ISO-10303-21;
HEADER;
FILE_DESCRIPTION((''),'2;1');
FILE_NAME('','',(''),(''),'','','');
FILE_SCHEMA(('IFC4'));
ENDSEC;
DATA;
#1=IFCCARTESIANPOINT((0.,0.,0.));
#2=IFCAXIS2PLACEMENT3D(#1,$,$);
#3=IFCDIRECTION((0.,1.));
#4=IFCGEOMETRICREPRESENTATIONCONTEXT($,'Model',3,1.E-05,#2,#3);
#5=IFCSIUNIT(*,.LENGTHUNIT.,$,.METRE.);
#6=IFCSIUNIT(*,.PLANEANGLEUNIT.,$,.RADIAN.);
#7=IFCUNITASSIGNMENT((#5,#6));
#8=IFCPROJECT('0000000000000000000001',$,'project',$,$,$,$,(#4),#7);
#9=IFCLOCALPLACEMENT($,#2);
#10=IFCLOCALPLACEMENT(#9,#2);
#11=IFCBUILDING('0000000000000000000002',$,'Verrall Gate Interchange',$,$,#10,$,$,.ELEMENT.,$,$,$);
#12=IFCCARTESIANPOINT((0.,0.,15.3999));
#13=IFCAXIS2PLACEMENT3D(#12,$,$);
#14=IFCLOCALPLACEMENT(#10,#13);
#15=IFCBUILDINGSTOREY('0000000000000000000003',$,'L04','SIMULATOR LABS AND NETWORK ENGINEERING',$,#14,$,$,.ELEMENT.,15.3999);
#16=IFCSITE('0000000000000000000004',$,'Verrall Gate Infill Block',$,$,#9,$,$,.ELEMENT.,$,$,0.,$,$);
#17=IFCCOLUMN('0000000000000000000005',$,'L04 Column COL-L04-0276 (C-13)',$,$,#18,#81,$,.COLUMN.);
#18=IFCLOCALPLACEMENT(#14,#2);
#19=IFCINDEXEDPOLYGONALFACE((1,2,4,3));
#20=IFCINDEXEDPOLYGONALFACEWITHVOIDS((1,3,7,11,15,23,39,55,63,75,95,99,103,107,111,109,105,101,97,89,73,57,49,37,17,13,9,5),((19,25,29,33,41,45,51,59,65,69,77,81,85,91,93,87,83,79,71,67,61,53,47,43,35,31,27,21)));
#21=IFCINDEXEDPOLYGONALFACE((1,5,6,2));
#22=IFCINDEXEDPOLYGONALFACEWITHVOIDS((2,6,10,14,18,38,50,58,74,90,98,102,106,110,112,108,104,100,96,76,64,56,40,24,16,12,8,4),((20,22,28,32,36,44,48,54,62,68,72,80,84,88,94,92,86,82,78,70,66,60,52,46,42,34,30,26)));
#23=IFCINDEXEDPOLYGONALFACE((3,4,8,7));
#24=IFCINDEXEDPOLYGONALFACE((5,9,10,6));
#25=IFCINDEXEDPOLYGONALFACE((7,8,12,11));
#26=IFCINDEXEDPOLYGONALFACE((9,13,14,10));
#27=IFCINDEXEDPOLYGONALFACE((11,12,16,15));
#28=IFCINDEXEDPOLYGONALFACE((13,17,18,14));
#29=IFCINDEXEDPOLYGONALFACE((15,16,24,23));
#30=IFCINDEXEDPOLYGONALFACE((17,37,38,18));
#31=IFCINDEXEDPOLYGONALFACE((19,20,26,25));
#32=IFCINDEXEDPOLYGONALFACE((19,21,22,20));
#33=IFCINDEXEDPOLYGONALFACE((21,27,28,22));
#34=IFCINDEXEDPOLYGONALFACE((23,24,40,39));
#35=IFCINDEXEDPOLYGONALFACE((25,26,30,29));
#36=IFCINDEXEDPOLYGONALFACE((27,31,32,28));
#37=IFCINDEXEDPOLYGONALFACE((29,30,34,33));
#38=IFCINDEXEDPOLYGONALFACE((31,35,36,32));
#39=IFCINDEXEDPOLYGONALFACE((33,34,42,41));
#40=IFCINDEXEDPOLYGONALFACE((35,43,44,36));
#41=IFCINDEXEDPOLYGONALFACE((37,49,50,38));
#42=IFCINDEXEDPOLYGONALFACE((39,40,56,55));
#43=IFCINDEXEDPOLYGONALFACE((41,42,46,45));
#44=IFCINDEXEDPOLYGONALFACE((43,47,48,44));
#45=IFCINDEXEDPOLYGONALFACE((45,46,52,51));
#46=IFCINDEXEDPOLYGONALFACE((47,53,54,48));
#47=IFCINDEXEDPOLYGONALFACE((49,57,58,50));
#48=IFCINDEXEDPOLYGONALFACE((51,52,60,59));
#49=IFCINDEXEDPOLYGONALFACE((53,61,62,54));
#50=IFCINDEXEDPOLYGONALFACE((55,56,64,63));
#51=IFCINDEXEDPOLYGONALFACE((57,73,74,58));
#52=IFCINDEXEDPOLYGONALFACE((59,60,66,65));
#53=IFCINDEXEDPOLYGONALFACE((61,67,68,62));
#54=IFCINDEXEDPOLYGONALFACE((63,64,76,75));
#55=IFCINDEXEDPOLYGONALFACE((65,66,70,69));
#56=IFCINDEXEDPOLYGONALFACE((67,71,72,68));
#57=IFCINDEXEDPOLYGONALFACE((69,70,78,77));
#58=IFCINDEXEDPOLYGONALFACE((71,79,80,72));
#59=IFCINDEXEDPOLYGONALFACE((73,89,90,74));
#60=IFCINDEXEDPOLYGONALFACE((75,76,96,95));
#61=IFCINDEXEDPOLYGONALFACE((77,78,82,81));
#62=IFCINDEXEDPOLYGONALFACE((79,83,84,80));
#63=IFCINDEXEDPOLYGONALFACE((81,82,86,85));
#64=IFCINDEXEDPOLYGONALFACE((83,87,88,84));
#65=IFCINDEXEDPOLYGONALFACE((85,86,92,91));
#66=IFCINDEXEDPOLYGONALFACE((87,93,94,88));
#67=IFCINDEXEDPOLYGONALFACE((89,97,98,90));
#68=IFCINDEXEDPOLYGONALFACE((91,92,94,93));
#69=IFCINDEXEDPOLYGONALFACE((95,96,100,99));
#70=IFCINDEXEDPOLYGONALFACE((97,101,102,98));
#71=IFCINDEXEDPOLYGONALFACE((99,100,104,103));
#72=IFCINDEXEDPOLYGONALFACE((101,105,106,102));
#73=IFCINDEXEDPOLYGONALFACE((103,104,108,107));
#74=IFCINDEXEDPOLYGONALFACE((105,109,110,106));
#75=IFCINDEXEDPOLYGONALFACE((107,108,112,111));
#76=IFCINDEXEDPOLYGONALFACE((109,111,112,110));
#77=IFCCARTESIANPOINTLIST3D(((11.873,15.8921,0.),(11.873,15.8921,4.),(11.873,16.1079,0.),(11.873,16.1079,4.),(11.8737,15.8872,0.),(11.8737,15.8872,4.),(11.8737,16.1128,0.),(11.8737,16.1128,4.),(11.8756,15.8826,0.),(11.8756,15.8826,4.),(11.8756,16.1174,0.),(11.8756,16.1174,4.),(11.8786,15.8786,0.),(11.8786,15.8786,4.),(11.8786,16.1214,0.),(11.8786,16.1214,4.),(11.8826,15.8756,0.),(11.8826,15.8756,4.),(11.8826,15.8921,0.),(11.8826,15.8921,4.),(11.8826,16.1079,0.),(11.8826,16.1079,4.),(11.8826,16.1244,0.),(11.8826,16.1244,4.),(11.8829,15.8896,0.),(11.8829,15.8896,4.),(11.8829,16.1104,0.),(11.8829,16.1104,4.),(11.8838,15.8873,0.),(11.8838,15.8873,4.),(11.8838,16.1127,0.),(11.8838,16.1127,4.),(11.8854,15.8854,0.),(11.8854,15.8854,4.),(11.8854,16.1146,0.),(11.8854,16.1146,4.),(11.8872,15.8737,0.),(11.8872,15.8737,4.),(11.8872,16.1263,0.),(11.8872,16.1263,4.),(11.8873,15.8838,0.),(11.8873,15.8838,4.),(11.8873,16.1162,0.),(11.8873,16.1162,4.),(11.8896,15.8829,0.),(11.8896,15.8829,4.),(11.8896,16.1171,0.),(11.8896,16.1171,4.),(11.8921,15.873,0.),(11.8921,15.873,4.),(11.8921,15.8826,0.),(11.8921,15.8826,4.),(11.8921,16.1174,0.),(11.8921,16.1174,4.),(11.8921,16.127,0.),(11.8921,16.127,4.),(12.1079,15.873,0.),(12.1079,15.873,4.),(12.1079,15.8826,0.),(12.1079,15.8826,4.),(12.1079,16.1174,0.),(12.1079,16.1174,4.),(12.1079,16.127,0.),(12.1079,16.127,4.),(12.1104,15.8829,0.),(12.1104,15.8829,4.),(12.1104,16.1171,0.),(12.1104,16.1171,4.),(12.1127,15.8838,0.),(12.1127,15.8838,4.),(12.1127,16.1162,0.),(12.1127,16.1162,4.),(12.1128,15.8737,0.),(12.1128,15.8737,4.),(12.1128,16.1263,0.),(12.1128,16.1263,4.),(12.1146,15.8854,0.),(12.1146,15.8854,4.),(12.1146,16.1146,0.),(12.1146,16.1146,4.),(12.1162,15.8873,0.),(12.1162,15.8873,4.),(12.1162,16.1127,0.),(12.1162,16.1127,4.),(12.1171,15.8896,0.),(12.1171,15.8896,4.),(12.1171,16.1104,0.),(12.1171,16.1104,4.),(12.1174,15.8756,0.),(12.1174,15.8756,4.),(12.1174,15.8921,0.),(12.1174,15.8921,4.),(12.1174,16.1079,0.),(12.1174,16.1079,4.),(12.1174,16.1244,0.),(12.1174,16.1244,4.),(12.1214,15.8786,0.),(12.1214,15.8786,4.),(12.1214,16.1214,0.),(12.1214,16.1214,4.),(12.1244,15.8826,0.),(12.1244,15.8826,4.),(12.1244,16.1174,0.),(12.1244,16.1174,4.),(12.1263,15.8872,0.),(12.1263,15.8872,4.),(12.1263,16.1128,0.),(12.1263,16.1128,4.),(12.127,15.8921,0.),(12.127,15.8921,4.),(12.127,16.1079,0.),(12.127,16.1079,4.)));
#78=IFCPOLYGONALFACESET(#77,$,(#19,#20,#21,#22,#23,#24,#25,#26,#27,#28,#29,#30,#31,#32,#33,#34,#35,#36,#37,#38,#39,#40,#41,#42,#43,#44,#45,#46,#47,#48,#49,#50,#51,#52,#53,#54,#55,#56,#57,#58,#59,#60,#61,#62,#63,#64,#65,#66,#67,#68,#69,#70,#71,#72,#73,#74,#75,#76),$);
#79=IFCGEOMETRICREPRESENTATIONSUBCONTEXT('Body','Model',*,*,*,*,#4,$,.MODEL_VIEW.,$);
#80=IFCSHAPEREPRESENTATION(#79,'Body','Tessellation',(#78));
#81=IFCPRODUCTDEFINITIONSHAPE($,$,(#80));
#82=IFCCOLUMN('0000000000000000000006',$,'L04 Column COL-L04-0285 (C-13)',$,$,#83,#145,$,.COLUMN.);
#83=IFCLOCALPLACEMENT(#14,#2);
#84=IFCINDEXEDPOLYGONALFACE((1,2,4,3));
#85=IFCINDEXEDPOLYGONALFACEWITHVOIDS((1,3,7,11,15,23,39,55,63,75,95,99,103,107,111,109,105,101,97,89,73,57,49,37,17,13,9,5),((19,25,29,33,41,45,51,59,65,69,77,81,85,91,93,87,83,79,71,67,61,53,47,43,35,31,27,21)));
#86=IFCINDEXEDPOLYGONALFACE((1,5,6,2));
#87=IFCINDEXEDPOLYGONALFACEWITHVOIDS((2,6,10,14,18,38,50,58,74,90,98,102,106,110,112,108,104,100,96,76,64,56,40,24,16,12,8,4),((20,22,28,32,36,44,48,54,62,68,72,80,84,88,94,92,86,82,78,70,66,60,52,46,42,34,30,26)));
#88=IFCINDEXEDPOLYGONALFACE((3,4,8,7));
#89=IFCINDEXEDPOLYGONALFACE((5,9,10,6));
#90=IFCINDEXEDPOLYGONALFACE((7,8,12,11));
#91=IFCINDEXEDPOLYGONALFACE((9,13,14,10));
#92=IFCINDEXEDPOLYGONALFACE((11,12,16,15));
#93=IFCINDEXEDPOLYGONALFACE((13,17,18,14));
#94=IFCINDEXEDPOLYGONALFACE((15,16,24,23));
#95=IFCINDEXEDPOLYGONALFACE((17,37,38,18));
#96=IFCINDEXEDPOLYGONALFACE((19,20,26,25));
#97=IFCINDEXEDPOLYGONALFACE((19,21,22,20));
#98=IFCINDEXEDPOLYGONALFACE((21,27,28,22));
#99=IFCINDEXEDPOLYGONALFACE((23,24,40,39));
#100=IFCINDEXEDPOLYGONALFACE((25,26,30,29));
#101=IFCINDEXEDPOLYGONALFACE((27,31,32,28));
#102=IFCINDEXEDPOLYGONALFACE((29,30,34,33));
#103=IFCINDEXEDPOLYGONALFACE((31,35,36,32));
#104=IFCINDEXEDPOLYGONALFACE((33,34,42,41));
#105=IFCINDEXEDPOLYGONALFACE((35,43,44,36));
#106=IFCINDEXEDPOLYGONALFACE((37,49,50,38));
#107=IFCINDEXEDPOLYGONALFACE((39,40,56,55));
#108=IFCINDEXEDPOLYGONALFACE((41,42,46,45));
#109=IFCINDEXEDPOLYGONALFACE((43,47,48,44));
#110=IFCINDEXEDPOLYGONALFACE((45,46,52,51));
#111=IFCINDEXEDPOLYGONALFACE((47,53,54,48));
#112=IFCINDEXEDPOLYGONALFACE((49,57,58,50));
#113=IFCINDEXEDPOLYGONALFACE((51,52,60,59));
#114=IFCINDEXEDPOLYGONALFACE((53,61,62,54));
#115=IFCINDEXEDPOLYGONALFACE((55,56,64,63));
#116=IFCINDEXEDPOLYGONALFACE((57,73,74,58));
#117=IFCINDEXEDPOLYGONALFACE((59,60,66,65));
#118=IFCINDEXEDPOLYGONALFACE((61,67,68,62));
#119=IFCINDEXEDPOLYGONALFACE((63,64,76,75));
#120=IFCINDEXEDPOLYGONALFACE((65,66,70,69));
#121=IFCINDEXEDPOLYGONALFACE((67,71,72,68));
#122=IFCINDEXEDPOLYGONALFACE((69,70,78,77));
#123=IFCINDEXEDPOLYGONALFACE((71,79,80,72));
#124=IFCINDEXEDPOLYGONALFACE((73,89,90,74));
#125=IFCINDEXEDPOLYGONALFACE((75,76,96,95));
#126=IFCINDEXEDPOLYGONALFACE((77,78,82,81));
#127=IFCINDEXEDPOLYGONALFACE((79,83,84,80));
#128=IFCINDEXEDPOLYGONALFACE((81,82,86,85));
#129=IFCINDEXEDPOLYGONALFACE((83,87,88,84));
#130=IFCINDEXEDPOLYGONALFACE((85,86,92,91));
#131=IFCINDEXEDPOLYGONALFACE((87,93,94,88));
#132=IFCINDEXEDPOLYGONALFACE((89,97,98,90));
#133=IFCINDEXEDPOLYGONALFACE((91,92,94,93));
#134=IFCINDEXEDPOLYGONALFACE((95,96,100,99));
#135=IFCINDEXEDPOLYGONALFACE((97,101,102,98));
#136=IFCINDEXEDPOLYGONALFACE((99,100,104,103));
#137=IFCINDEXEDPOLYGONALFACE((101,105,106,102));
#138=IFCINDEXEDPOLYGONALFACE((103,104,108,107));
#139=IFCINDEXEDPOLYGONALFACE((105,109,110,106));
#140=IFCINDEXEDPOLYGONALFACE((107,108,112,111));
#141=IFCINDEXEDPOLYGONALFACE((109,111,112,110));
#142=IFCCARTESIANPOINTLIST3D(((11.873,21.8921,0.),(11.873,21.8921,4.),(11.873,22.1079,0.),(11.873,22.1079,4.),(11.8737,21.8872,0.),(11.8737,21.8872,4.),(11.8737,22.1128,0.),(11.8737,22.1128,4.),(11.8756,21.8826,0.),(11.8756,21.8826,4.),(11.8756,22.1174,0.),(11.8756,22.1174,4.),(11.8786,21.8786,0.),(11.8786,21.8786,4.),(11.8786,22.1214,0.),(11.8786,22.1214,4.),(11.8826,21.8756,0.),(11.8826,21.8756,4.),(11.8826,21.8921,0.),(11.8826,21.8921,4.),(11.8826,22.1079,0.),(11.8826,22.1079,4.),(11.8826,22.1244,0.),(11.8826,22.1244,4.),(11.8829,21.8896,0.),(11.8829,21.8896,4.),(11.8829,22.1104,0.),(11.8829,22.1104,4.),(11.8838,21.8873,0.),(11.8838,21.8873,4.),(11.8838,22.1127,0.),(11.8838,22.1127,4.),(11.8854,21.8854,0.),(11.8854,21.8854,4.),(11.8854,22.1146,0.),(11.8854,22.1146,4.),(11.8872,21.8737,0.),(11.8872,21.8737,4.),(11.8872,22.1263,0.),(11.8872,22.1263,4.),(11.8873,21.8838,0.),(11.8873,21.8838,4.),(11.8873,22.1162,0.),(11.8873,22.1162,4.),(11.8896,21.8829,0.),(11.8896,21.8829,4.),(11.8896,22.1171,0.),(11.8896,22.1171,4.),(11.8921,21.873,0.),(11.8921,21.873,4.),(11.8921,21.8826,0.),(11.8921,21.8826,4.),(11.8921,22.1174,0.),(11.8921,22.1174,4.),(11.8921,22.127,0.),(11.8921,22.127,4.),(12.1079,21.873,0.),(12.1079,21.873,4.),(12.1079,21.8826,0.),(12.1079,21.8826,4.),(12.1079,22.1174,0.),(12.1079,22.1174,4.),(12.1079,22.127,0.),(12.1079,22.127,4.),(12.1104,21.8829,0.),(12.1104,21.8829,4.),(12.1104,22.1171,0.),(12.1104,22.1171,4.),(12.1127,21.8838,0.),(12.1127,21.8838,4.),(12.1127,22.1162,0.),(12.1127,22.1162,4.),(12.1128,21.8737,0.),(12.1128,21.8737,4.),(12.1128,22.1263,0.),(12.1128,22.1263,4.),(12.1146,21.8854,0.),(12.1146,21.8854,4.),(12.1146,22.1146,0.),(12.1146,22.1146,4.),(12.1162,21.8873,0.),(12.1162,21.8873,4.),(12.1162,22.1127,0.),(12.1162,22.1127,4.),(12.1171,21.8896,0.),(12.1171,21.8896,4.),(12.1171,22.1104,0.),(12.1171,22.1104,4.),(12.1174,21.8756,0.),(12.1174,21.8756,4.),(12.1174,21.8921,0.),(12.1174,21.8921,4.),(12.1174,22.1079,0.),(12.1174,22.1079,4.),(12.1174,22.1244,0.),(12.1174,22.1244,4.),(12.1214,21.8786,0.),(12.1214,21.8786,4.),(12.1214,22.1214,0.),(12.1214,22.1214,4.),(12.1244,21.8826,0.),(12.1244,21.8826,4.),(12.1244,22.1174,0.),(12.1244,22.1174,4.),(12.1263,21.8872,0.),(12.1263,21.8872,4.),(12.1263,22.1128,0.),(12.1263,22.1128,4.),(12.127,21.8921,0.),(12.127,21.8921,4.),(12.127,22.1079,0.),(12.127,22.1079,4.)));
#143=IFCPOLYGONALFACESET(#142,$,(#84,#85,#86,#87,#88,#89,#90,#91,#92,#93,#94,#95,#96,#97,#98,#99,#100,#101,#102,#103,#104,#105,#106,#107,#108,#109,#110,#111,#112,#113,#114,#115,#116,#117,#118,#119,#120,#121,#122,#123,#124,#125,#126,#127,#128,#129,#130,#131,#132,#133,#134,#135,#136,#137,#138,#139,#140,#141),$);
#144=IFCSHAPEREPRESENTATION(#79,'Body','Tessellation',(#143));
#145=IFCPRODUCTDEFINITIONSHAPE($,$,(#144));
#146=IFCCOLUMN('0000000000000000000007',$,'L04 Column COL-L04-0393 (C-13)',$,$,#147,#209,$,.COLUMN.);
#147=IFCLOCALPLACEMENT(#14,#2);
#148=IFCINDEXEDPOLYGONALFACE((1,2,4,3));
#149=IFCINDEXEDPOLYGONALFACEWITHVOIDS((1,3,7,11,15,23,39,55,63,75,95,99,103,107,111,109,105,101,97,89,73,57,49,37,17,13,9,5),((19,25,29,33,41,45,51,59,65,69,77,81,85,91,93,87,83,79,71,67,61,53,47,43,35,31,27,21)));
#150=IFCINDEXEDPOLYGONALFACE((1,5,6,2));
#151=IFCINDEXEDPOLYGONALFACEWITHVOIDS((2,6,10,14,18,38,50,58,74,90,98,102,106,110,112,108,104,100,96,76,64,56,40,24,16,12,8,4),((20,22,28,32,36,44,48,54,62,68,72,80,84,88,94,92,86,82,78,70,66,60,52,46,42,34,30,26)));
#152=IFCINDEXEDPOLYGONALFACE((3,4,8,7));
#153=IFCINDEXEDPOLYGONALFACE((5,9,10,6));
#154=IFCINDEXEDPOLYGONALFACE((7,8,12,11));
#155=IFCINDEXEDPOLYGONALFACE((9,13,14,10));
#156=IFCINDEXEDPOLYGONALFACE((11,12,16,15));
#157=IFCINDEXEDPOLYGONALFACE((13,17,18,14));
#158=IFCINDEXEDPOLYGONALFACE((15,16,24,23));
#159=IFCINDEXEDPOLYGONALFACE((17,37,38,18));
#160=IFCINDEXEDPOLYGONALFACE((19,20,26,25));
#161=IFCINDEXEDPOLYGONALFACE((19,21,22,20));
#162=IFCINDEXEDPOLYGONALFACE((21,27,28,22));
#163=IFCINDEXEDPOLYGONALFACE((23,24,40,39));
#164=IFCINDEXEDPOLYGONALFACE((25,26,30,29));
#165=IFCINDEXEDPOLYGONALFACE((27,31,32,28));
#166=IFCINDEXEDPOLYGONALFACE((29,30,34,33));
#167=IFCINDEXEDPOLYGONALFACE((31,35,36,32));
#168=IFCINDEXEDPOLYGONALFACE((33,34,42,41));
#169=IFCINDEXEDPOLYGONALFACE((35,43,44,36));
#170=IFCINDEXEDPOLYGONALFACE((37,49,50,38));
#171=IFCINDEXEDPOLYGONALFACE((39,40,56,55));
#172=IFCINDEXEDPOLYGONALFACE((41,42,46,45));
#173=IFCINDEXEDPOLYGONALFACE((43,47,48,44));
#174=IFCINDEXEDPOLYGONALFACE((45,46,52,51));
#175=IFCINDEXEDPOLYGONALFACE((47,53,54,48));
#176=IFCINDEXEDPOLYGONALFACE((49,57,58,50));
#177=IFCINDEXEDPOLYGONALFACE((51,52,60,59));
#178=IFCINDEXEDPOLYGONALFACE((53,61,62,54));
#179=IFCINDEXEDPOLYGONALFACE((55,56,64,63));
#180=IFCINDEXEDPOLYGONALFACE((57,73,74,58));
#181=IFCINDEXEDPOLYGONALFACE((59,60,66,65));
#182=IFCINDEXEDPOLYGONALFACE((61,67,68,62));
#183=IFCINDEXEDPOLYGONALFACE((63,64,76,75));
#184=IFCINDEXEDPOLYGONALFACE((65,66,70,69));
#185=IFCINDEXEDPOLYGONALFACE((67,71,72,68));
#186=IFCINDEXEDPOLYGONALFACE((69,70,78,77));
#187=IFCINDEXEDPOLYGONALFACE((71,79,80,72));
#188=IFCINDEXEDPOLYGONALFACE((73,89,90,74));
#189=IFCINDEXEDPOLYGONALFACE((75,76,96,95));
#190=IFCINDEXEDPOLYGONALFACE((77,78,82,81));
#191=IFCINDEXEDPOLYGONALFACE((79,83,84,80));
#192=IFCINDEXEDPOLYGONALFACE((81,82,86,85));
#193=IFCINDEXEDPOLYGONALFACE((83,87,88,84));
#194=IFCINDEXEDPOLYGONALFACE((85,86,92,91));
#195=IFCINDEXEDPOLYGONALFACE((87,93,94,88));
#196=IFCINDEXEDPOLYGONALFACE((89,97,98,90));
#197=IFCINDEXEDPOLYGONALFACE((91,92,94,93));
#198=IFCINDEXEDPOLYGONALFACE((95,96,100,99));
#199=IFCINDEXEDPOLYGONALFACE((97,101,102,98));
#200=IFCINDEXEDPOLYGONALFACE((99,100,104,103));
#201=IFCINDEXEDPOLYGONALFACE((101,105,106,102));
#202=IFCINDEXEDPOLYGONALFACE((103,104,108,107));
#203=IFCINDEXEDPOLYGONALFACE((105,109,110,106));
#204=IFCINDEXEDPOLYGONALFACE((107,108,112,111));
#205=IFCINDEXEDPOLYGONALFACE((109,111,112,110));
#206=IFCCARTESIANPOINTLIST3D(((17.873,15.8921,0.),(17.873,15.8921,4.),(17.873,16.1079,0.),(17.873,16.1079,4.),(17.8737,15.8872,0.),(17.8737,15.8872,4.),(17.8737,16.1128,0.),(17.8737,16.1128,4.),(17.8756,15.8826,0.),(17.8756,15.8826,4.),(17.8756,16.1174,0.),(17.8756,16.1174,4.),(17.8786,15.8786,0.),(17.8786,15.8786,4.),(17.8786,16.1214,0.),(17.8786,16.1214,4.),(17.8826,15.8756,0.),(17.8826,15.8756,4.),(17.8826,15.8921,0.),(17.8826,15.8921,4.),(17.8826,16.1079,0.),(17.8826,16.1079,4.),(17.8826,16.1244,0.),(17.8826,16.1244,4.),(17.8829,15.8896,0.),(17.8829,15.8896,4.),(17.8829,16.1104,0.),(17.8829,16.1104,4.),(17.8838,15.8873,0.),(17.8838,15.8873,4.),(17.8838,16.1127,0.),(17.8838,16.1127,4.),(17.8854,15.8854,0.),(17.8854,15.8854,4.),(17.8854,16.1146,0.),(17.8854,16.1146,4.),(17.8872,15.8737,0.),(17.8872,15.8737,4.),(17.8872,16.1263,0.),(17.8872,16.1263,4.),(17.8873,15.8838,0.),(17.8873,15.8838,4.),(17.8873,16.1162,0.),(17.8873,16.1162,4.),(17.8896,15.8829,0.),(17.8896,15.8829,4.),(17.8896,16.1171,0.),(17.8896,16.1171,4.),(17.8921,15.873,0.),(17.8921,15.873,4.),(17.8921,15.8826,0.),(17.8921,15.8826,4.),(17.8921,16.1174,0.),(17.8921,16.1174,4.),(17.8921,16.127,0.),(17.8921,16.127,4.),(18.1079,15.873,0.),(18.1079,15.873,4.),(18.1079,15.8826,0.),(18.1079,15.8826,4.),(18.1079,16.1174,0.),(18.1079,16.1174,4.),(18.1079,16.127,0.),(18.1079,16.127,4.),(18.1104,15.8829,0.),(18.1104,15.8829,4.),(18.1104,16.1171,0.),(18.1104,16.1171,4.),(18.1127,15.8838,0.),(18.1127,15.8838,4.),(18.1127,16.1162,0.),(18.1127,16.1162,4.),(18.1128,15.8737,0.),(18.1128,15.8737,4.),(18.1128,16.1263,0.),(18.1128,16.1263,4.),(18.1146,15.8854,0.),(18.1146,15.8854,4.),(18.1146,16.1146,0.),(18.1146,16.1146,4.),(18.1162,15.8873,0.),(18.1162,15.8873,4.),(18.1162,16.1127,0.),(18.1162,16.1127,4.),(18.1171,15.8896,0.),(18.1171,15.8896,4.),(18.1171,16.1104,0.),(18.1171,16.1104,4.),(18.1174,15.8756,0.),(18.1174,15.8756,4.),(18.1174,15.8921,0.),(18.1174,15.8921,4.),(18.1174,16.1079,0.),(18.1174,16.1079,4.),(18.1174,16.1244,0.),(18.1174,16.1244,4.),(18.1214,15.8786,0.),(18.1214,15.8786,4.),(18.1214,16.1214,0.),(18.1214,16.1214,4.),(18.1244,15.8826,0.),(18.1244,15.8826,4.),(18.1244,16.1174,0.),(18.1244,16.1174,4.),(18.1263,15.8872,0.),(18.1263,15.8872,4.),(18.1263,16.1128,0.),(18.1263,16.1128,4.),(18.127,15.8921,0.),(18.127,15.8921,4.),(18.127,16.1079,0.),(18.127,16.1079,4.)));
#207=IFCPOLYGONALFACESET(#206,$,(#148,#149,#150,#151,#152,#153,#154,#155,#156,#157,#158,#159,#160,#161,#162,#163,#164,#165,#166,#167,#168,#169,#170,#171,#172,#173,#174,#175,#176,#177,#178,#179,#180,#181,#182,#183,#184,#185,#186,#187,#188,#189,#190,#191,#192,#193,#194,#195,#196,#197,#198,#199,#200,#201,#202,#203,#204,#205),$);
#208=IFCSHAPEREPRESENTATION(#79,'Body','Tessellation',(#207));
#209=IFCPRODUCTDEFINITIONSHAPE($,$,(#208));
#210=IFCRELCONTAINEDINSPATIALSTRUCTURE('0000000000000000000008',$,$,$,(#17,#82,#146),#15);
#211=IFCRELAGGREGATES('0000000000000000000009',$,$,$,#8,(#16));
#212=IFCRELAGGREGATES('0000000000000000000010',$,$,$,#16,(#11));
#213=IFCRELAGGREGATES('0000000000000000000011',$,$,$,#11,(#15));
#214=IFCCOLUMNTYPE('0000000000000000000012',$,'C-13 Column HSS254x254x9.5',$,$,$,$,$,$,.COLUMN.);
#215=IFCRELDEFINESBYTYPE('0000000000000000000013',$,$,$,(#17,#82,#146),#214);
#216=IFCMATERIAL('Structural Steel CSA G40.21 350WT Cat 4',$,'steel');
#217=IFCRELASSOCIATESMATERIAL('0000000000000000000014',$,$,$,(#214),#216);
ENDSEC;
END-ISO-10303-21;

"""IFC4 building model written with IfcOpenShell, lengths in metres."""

from ifc_helpers import new_model, si_unit, direction, frame, origin, origin_2d, place, context, subcontext, project, spatial, hollow_rectangle, extrude, material, material_profile, profile_set, type_object, element, save


model = new_model("IFC4")

# Units and contexts
model_context = context("Model", 3, precision=1e-05, world=origin(), true_north=direction((0.0, 1.0)))
body_context = subcontext(model_context, "Body", "Model", "MODEL_VIEW")
ifc_project = project(units=[si_unit("LENGTHUNIT", "METRE"), si_unit("PLANEANGLEUNIT", "RADIAN")], contexts=[model_context])

# Site, building, storey
site_placement = place(None, origin())
site = spatial("IfcSite", under=ifc_project, at=site_placement, Name="Verrall Gate Infill Block", CompositionType="ELEMENT", RefElevation=0.0)
building_placement = place(site_placement, origin())
building = spatial("IfcBuilding", under=site, at=building_placement, Name="Verrall Gate Interchange", CompositionType="ELEMENT")
storey_placement = place(building_placement, frame((0.0, 0.0, 15.3999)))
storey = spatial("IfcBuildingStorey", under=building, at=storey_placement, Name="L04", Description="SIMULATOR LABS AND NETWORK ENGINEERING", CompositionType="ELEMENT", Elevation=15.3999)

# Columns
ifc_material_1 = material(Name="Structural Steel CSA G40.21 350WT Cat 4", Category="steel")
ifc_material_profile_1 = material_profile(ifc_material_1, hollow_rectangle(XDim=0.2539, YDim=0.2539, WallThickness=0.0095, InnerFilletRadius=0.0095, OuterFilletRadius=0.019, at=origin_2d()), Name="HSS254x254x9.5")
ifc_profile_set_1 = profile_set([ifc_material_profile_1], Name="Structural Steel CSA G40.21 350WT Cat 4")
column_type = type_object("IfcColumnType", Name="C-13 Column HSS254x254x9.5", PredefinedType="COLUMN", material=ifc_profile_set_1)
for number, where, z_axis, x_axis, name in (
    (1, (12.0, 16.0, 0.0), (0.0, 0.0, 1.0), (1.0, 0.0, 0.0), "L04 Column COL-L04-0276 (C-13)"),
    (2, (12.0, 22.0, 0.0), (0.0, 0.0, 1.0), (1.0, 0.0, 0.0), "L04 Column COL-L04-0285 (C-13)"),
    (3, (18.0, 16.0, 0.0), (0.0, 0.0, 1.0), (1.0, 0.0, 0.0), "L04 Column COL-L04-0393 (C-13)"),
):
    element("IfcColumn", number, at=place(storey_placement, frame(where, z_axis=z_axis, x_axis=x_axis)), inside=storey, type_object=column_type, Name=name, PredefinedType="COLUMN", context=body_context, shape_type="SweptSolid", body=[
        extrude(hollow_rectangle(XDim=0.2539, YDim=0.2539, WallThickness=0.0095, InnerFilletRadius=0.0095, OuterFilletRadius=0.019, at=origin_2d()), origin(), (0.0, 0.0, 1.0), 4.0),
    ])

save(model, "model.ifc")
